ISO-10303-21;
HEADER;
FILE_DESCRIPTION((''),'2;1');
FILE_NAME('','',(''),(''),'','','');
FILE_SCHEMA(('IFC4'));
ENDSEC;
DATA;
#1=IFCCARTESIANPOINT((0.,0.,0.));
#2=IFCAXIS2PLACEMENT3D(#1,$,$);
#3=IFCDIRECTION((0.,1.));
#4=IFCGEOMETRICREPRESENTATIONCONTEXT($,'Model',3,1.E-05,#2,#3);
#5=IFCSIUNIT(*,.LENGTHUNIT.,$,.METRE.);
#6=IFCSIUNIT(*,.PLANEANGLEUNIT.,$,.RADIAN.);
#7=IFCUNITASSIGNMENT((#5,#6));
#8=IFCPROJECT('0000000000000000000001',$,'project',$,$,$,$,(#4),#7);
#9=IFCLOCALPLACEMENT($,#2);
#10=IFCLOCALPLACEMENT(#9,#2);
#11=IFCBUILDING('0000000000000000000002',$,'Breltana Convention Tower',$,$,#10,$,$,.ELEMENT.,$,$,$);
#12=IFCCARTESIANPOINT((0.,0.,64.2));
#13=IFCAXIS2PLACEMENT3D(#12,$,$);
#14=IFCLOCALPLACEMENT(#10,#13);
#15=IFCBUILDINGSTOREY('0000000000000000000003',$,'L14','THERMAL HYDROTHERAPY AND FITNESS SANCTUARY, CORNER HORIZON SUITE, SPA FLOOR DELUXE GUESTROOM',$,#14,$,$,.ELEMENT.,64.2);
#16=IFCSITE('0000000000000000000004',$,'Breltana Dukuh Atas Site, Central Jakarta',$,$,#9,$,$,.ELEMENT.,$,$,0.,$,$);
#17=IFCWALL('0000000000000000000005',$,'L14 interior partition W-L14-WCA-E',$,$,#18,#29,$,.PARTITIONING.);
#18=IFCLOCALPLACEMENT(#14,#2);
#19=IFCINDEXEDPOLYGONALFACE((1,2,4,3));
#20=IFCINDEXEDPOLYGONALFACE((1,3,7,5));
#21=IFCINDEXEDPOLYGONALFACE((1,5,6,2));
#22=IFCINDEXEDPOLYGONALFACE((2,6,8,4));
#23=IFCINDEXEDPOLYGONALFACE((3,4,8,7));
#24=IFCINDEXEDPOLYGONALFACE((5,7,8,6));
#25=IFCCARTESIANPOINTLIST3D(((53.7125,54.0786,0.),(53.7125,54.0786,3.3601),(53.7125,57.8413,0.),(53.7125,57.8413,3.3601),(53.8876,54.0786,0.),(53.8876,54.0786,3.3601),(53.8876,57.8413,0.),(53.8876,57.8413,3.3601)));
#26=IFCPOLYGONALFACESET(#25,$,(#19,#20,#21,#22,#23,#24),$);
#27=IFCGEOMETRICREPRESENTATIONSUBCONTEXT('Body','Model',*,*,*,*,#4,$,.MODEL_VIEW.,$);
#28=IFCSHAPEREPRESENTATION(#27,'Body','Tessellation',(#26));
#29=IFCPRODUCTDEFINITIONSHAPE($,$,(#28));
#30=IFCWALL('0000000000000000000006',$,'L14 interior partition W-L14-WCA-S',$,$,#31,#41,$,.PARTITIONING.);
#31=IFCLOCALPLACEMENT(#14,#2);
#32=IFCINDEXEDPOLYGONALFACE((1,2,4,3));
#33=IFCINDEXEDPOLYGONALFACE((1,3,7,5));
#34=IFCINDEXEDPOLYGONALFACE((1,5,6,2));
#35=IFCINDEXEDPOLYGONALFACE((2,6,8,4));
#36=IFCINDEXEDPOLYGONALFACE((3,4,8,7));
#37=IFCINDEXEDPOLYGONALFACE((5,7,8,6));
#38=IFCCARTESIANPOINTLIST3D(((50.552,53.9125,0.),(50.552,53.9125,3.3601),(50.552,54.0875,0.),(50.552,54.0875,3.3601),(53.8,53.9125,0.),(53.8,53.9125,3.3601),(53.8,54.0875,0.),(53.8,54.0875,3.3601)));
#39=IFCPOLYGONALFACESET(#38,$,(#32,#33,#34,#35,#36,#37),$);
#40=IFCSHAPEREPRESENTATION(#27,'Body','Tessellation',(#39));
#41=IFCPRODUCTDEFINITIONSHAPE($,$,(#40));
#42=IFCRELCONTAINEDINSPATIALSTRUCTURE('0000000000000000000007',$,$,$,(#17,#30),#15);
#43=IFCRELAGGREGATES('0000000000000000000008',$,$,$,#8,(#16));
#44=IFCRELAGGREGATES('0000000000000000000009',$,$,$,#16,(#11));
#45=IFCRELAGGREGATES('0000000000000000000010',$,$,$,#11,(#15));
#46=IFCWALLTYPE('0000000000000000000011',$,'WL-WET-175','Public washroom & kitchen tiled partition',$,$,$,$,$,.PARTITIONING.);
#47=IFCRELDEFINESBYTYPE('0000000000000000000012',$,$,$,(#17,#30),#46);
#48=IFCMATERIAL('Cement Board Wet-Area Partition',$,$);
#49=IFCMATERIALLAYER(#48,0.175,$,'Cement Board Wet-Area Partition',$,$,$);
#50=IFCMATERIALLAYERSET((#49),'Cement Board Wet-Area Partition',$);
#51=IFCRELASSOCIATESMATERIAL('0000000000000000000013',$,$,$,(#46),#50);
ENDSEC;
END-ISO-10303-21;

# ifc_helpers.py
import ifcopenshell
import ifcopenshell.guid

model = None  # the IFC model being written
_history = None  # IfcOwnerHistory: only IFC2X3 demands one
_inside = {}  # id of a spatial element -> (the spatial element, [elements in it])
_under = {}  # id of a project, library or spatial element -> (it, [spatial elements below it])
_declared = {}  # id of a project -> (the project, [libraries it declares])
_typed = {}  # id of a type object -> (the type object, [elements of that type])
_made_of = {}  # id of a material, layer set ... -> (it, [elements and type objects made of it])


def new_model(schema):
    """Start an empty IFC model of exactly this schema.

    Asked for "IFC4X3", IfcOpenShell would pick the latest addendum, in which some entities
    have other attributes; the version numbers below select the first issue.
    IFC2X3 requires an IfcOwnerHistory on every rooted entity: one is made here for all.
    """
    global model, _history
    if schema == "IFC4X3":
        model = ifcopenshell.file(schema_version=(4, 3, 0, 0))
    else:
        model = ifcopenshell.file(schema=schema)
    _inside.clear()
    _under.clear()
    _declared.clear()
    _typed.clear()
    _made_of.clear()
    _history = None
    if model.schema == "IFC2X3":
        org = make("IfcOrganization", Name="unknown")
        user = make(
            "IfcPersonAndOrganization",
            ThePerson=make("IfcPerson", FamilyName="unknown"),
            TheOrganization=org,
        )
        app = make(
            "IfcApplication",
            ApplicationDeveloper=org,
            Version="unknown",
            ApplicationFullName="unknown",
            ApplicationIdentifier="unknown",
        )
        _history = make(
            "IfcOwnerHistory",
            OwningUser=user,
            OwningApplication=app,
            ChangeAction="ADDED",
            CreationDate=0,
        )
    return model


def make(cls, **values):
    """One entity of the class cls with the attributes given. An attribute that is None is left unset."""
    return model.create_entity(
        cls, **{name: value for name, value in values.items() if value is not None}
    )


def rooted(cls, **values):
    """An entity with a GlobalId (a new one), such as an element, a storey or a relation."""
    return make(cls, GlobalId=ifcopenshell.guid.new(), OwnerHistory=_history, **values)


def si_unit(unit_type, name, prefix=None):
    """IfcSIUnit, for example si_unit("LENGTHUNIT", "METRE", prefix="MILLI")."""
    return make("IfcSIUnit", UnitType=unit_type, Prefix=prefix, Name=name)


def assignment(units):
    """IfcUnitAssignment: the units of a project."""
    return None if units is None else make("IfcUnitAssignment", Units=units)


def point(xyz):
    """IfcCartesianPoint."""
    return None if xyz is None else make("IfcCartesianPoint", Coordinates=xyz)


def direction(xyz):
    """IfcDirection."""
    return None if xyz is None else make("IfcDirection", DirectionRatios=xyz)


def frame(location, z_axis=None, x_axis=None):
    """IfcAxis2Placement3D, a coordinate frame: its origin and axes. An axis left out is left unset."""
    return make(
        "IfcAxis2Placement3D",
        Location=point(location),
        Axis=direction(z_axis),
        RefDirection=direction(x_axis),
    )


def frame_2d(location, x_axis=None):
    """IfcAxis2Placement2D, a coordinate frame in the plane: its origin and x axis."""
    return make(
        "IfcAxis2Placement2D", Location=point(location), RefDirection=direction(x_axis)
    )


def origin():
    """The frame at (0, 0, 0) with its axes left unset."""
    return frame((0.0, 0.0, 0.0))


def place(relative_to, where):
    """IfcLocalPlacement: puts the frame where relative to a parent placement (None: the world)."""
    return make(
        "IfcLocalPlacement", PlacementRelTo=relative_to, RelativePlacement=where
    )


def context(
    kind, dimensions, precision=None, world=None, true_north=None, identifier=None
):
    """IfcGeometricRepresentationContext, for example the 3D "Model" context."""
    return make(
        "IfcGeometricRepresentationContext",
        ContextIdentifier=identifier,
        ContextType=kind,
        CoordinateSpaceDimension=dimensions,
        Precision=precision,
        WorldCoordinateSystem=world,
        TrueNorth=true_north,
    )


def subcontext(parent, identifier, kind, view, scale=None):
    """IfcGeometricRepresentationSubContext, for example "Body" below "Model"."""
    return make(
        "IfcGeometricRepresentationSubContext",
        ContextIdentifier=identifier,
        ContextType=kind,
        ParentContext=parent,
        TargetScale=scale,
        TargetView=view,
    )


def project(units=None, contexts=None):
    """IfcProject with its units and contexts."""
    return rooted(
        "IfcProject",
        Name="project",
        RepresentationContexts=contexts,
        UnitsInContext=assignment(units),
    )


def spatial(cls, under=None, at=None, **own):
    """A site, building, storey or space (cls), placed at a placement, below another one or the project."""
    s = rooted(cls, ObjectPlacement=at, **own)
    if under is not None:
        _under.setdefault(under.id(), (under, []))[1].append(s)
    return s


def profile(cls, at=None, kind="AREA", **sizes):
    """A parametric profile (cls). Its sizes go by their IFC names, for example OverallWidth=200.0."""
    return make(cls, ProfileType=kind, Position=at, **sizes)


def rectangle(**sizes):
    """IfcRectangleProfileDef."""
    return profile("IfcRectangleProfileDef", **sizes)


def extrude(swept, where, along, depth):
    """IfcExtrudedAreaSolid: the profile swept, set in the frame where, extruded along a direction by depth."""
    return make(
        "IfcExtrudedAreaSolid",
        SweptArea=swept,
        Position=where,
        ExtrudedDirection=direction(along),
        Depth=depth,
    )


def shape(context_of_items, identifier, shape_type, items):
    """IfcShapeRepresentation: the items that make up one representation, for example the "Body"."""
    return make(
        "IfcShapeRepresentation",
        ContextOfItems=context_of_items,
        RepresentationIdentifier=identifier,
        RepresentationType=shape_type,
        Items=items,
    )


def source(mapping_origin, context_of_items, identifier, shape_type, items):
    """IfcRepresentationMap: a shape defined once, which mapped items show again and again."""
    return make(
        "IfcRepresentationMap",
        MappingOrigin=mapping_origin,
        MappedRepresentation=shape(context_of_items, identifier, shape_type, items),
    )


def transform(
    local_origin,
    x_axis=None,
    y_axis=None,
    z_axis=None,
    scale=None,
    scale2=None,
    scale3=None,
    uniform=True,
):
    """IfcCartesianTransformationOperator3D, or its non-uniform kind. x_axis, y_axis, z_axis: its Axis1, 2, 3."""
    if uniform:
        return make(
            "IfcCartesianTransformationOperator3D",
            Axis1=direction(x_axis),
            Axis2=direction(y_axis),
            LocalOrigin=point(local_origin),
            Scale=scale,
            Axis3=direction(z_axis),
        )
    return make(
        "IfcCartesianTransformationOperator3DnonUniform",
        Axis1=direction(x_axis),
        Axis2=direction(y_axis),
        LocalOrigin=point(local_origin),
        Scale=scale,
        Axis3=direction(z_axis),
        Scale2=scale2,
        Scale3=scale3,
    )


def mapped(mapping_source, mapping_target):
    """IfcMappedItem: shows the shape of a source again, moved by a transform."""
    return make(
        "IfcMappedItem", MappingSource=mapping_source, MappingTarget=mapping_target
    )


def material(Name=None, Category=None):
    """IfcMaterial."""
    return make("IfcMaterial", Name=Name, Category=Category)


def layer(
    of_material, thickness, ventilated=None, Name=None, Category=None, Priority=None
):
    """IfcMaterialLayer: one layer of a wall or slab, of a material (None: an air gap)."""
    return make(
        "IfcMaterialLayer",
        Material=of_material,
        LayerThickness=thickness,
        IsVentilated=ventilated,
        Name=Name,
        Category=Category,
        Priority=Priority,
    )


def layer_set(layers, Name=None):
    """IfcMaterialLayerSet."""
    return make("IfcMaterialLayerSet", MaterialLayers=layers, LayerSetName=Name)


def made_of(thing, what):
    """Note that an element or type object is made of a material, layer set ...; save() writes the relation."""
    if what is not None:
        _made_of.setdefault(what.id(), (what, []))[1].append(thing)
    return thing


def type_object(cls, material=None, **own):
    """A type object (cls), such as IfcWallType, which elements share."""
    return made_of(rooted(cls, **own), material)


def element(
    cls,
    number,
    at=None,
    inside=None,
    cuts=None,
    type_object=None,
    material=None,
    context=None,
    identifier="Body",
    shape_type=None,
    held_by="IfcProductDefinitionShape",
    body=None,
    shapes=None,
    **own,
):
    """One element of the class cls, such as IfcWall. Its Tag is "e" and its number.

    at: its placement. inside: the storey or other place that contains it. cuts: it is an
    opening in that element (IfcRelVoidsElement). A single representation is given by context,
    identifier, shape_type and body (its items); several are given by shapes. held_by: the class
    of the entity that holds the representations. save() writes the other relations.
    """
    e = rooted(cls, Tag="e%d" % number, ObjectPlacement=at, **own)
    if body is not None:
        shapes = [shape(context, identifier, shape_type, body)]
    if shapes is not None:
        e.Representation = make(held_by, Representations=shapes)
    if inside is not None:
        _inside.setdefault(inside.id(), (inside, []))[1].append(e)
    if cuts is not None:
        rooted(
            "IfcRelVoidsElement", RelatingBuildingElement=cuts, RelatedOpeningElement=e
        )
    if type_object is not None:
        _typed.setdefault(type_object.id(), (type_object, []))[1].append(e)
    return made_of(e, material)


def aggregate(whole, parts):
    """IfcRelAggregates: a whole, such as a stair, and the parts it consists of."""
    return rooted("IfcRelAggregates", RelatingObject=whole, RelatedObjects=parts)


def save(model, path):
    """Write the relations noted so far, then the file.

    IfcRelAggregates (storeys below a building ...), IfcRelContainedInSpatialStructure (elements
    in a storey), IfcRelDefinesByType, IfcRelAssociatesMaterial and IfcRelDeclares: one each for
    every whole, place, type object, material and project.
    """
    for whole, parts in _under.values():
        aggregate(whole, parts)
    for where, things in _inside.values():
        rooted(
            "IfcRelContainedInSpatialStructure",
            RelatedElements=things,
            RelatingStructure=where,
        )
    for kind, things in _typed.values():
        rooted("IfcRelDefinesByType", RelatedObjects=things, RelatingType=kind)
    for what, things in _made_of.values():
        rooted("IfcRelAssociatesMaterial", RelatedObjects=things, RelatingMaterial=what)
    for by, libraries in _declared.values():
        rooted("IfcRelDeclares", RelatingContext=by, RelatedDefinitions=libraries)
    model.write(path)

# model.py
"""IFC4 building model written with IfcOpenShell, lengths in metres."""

from ifc_helpers import new_model, si_unit, direction, frame, frame_2d, origin, place, context, subcontext, project, spatial, rectangle, extrude, source, transform, mapped, material, layer, layer_set, type_object, element, save


model = new_model("IFC4")

# Units and contexts
model_context = context("Model", 3, precision=1e-05, world=origin(), true_north=direction((0.0, 1.0)))
body_context = subcontext(model_context, "Body", "Model", "MODEL_VIEW")
ifc_project = project(units=[si_unit("LENGTHUNIT", "METRE"), si_unit("PLANEANGLEUNIT", "RADIAN")], contexts=[model_context])

# Site, building, storey
site_placement = place(None, origin())
site = spatial("IfcSite", under=ifc_project, at=site_placement, Name="Breltana Dukuh Atas Site, Central Jakarta", CompositionType="ELEMENT", RefElevation=0.0)
building_placement = place(site_placement, origin())
building = spatial("IfcBuilding", under=site, at=building_placement, Name="Breltana Convention Tower", CompositionType="ELEMENT")
storey_placement = place(building_placement, frame((0.0, 0.0, 64.2)))
storey = spatial("IfcBuildingStorey", under=building, at=storey_placement, Name="L14", Description="THERMAL HYDROTHERAPY AND FITNESS SANCTUARY, CORNER HORIZON SUITE, SPA FLOOR DELUXE GUESTROOM", CompositionType="ELEMENT", Elevation=64.2)

# Walls
ifc_material_1 = material(Name="Cement Board Wet-Area Partition")
ifc_layer_1 = layer(ifc_material_1, 0.175, Name="Cement Board Wet-Area Partition")
ifc_layer_set_1 = layer_set([ifc_layer_1], Name="Cement Board Wet-Area Partition")
wall_type_1 = type_object("IfcWallType", Name="WL-WET-175", Description="Public washroom & kitchen tiled partition", PredefinedType="PARTITIONING", material=ifc_layer_set_1)
shared_shape_1 = source(origin(), body_context, "Body", "SweptSolid", [
    extrude(rectangle(XDim=3.7627, YDim=0.175, at=frame_2d((1.8813, 0.0))), origin(), (0.0, 0.0, 1.0), 3.3601),
])
for number, where, z_axis, x_axis, name in (
    (1, (53.8, 54.0786, 0.0), (0.0, 0.0, 1.0), (0.0, 1.0, 0.0), "L14 interior partition W-L14-WCA-E"),
):
    element("IfcWall", number, at=place(storey_placement, frame(where, z_axis=z_axis, x_axis=x_axis)), inside=storey, type_object=wall_type_1, Name=name, PredefinedType="PARTITIONING", context=body_context, shape_type="MappedRepresentation", body=[
        mapped(shared_shape_1, transform((0.0, 0.0, 0.0), scale=1.0)),
    ])
shared_shape_2 = source(origin(), body_context, "Body", "SweptSolid", [
    extrude(rectangle(XDim=3.248, YDim=0.175, at=frame_2d((1.624, 0.0))), origin(), (0.0, 0.0, 1.0), 3.3601),
])
wall_1_placement = place(storey_placement, frame((50.552, 54.0, 0.0), z_axis=(0.0, 0.0, 1.0), x_axis=(1.0, 0.0, 0.0)))
element("IfcWall", 2, at=wall_1_placement, inside=storey, type_object=wall_type_1, Name="L14 interior partition W-L14-WCA-S", PredefinedType="PARTITIONING", context=body_context, shape_type="MappedRepresentation", body=[
    mapped(shared_shape_2, transform((0.0, 0.0, 0.0), scale=1.0)),
])

save(model, "model.ifc")
